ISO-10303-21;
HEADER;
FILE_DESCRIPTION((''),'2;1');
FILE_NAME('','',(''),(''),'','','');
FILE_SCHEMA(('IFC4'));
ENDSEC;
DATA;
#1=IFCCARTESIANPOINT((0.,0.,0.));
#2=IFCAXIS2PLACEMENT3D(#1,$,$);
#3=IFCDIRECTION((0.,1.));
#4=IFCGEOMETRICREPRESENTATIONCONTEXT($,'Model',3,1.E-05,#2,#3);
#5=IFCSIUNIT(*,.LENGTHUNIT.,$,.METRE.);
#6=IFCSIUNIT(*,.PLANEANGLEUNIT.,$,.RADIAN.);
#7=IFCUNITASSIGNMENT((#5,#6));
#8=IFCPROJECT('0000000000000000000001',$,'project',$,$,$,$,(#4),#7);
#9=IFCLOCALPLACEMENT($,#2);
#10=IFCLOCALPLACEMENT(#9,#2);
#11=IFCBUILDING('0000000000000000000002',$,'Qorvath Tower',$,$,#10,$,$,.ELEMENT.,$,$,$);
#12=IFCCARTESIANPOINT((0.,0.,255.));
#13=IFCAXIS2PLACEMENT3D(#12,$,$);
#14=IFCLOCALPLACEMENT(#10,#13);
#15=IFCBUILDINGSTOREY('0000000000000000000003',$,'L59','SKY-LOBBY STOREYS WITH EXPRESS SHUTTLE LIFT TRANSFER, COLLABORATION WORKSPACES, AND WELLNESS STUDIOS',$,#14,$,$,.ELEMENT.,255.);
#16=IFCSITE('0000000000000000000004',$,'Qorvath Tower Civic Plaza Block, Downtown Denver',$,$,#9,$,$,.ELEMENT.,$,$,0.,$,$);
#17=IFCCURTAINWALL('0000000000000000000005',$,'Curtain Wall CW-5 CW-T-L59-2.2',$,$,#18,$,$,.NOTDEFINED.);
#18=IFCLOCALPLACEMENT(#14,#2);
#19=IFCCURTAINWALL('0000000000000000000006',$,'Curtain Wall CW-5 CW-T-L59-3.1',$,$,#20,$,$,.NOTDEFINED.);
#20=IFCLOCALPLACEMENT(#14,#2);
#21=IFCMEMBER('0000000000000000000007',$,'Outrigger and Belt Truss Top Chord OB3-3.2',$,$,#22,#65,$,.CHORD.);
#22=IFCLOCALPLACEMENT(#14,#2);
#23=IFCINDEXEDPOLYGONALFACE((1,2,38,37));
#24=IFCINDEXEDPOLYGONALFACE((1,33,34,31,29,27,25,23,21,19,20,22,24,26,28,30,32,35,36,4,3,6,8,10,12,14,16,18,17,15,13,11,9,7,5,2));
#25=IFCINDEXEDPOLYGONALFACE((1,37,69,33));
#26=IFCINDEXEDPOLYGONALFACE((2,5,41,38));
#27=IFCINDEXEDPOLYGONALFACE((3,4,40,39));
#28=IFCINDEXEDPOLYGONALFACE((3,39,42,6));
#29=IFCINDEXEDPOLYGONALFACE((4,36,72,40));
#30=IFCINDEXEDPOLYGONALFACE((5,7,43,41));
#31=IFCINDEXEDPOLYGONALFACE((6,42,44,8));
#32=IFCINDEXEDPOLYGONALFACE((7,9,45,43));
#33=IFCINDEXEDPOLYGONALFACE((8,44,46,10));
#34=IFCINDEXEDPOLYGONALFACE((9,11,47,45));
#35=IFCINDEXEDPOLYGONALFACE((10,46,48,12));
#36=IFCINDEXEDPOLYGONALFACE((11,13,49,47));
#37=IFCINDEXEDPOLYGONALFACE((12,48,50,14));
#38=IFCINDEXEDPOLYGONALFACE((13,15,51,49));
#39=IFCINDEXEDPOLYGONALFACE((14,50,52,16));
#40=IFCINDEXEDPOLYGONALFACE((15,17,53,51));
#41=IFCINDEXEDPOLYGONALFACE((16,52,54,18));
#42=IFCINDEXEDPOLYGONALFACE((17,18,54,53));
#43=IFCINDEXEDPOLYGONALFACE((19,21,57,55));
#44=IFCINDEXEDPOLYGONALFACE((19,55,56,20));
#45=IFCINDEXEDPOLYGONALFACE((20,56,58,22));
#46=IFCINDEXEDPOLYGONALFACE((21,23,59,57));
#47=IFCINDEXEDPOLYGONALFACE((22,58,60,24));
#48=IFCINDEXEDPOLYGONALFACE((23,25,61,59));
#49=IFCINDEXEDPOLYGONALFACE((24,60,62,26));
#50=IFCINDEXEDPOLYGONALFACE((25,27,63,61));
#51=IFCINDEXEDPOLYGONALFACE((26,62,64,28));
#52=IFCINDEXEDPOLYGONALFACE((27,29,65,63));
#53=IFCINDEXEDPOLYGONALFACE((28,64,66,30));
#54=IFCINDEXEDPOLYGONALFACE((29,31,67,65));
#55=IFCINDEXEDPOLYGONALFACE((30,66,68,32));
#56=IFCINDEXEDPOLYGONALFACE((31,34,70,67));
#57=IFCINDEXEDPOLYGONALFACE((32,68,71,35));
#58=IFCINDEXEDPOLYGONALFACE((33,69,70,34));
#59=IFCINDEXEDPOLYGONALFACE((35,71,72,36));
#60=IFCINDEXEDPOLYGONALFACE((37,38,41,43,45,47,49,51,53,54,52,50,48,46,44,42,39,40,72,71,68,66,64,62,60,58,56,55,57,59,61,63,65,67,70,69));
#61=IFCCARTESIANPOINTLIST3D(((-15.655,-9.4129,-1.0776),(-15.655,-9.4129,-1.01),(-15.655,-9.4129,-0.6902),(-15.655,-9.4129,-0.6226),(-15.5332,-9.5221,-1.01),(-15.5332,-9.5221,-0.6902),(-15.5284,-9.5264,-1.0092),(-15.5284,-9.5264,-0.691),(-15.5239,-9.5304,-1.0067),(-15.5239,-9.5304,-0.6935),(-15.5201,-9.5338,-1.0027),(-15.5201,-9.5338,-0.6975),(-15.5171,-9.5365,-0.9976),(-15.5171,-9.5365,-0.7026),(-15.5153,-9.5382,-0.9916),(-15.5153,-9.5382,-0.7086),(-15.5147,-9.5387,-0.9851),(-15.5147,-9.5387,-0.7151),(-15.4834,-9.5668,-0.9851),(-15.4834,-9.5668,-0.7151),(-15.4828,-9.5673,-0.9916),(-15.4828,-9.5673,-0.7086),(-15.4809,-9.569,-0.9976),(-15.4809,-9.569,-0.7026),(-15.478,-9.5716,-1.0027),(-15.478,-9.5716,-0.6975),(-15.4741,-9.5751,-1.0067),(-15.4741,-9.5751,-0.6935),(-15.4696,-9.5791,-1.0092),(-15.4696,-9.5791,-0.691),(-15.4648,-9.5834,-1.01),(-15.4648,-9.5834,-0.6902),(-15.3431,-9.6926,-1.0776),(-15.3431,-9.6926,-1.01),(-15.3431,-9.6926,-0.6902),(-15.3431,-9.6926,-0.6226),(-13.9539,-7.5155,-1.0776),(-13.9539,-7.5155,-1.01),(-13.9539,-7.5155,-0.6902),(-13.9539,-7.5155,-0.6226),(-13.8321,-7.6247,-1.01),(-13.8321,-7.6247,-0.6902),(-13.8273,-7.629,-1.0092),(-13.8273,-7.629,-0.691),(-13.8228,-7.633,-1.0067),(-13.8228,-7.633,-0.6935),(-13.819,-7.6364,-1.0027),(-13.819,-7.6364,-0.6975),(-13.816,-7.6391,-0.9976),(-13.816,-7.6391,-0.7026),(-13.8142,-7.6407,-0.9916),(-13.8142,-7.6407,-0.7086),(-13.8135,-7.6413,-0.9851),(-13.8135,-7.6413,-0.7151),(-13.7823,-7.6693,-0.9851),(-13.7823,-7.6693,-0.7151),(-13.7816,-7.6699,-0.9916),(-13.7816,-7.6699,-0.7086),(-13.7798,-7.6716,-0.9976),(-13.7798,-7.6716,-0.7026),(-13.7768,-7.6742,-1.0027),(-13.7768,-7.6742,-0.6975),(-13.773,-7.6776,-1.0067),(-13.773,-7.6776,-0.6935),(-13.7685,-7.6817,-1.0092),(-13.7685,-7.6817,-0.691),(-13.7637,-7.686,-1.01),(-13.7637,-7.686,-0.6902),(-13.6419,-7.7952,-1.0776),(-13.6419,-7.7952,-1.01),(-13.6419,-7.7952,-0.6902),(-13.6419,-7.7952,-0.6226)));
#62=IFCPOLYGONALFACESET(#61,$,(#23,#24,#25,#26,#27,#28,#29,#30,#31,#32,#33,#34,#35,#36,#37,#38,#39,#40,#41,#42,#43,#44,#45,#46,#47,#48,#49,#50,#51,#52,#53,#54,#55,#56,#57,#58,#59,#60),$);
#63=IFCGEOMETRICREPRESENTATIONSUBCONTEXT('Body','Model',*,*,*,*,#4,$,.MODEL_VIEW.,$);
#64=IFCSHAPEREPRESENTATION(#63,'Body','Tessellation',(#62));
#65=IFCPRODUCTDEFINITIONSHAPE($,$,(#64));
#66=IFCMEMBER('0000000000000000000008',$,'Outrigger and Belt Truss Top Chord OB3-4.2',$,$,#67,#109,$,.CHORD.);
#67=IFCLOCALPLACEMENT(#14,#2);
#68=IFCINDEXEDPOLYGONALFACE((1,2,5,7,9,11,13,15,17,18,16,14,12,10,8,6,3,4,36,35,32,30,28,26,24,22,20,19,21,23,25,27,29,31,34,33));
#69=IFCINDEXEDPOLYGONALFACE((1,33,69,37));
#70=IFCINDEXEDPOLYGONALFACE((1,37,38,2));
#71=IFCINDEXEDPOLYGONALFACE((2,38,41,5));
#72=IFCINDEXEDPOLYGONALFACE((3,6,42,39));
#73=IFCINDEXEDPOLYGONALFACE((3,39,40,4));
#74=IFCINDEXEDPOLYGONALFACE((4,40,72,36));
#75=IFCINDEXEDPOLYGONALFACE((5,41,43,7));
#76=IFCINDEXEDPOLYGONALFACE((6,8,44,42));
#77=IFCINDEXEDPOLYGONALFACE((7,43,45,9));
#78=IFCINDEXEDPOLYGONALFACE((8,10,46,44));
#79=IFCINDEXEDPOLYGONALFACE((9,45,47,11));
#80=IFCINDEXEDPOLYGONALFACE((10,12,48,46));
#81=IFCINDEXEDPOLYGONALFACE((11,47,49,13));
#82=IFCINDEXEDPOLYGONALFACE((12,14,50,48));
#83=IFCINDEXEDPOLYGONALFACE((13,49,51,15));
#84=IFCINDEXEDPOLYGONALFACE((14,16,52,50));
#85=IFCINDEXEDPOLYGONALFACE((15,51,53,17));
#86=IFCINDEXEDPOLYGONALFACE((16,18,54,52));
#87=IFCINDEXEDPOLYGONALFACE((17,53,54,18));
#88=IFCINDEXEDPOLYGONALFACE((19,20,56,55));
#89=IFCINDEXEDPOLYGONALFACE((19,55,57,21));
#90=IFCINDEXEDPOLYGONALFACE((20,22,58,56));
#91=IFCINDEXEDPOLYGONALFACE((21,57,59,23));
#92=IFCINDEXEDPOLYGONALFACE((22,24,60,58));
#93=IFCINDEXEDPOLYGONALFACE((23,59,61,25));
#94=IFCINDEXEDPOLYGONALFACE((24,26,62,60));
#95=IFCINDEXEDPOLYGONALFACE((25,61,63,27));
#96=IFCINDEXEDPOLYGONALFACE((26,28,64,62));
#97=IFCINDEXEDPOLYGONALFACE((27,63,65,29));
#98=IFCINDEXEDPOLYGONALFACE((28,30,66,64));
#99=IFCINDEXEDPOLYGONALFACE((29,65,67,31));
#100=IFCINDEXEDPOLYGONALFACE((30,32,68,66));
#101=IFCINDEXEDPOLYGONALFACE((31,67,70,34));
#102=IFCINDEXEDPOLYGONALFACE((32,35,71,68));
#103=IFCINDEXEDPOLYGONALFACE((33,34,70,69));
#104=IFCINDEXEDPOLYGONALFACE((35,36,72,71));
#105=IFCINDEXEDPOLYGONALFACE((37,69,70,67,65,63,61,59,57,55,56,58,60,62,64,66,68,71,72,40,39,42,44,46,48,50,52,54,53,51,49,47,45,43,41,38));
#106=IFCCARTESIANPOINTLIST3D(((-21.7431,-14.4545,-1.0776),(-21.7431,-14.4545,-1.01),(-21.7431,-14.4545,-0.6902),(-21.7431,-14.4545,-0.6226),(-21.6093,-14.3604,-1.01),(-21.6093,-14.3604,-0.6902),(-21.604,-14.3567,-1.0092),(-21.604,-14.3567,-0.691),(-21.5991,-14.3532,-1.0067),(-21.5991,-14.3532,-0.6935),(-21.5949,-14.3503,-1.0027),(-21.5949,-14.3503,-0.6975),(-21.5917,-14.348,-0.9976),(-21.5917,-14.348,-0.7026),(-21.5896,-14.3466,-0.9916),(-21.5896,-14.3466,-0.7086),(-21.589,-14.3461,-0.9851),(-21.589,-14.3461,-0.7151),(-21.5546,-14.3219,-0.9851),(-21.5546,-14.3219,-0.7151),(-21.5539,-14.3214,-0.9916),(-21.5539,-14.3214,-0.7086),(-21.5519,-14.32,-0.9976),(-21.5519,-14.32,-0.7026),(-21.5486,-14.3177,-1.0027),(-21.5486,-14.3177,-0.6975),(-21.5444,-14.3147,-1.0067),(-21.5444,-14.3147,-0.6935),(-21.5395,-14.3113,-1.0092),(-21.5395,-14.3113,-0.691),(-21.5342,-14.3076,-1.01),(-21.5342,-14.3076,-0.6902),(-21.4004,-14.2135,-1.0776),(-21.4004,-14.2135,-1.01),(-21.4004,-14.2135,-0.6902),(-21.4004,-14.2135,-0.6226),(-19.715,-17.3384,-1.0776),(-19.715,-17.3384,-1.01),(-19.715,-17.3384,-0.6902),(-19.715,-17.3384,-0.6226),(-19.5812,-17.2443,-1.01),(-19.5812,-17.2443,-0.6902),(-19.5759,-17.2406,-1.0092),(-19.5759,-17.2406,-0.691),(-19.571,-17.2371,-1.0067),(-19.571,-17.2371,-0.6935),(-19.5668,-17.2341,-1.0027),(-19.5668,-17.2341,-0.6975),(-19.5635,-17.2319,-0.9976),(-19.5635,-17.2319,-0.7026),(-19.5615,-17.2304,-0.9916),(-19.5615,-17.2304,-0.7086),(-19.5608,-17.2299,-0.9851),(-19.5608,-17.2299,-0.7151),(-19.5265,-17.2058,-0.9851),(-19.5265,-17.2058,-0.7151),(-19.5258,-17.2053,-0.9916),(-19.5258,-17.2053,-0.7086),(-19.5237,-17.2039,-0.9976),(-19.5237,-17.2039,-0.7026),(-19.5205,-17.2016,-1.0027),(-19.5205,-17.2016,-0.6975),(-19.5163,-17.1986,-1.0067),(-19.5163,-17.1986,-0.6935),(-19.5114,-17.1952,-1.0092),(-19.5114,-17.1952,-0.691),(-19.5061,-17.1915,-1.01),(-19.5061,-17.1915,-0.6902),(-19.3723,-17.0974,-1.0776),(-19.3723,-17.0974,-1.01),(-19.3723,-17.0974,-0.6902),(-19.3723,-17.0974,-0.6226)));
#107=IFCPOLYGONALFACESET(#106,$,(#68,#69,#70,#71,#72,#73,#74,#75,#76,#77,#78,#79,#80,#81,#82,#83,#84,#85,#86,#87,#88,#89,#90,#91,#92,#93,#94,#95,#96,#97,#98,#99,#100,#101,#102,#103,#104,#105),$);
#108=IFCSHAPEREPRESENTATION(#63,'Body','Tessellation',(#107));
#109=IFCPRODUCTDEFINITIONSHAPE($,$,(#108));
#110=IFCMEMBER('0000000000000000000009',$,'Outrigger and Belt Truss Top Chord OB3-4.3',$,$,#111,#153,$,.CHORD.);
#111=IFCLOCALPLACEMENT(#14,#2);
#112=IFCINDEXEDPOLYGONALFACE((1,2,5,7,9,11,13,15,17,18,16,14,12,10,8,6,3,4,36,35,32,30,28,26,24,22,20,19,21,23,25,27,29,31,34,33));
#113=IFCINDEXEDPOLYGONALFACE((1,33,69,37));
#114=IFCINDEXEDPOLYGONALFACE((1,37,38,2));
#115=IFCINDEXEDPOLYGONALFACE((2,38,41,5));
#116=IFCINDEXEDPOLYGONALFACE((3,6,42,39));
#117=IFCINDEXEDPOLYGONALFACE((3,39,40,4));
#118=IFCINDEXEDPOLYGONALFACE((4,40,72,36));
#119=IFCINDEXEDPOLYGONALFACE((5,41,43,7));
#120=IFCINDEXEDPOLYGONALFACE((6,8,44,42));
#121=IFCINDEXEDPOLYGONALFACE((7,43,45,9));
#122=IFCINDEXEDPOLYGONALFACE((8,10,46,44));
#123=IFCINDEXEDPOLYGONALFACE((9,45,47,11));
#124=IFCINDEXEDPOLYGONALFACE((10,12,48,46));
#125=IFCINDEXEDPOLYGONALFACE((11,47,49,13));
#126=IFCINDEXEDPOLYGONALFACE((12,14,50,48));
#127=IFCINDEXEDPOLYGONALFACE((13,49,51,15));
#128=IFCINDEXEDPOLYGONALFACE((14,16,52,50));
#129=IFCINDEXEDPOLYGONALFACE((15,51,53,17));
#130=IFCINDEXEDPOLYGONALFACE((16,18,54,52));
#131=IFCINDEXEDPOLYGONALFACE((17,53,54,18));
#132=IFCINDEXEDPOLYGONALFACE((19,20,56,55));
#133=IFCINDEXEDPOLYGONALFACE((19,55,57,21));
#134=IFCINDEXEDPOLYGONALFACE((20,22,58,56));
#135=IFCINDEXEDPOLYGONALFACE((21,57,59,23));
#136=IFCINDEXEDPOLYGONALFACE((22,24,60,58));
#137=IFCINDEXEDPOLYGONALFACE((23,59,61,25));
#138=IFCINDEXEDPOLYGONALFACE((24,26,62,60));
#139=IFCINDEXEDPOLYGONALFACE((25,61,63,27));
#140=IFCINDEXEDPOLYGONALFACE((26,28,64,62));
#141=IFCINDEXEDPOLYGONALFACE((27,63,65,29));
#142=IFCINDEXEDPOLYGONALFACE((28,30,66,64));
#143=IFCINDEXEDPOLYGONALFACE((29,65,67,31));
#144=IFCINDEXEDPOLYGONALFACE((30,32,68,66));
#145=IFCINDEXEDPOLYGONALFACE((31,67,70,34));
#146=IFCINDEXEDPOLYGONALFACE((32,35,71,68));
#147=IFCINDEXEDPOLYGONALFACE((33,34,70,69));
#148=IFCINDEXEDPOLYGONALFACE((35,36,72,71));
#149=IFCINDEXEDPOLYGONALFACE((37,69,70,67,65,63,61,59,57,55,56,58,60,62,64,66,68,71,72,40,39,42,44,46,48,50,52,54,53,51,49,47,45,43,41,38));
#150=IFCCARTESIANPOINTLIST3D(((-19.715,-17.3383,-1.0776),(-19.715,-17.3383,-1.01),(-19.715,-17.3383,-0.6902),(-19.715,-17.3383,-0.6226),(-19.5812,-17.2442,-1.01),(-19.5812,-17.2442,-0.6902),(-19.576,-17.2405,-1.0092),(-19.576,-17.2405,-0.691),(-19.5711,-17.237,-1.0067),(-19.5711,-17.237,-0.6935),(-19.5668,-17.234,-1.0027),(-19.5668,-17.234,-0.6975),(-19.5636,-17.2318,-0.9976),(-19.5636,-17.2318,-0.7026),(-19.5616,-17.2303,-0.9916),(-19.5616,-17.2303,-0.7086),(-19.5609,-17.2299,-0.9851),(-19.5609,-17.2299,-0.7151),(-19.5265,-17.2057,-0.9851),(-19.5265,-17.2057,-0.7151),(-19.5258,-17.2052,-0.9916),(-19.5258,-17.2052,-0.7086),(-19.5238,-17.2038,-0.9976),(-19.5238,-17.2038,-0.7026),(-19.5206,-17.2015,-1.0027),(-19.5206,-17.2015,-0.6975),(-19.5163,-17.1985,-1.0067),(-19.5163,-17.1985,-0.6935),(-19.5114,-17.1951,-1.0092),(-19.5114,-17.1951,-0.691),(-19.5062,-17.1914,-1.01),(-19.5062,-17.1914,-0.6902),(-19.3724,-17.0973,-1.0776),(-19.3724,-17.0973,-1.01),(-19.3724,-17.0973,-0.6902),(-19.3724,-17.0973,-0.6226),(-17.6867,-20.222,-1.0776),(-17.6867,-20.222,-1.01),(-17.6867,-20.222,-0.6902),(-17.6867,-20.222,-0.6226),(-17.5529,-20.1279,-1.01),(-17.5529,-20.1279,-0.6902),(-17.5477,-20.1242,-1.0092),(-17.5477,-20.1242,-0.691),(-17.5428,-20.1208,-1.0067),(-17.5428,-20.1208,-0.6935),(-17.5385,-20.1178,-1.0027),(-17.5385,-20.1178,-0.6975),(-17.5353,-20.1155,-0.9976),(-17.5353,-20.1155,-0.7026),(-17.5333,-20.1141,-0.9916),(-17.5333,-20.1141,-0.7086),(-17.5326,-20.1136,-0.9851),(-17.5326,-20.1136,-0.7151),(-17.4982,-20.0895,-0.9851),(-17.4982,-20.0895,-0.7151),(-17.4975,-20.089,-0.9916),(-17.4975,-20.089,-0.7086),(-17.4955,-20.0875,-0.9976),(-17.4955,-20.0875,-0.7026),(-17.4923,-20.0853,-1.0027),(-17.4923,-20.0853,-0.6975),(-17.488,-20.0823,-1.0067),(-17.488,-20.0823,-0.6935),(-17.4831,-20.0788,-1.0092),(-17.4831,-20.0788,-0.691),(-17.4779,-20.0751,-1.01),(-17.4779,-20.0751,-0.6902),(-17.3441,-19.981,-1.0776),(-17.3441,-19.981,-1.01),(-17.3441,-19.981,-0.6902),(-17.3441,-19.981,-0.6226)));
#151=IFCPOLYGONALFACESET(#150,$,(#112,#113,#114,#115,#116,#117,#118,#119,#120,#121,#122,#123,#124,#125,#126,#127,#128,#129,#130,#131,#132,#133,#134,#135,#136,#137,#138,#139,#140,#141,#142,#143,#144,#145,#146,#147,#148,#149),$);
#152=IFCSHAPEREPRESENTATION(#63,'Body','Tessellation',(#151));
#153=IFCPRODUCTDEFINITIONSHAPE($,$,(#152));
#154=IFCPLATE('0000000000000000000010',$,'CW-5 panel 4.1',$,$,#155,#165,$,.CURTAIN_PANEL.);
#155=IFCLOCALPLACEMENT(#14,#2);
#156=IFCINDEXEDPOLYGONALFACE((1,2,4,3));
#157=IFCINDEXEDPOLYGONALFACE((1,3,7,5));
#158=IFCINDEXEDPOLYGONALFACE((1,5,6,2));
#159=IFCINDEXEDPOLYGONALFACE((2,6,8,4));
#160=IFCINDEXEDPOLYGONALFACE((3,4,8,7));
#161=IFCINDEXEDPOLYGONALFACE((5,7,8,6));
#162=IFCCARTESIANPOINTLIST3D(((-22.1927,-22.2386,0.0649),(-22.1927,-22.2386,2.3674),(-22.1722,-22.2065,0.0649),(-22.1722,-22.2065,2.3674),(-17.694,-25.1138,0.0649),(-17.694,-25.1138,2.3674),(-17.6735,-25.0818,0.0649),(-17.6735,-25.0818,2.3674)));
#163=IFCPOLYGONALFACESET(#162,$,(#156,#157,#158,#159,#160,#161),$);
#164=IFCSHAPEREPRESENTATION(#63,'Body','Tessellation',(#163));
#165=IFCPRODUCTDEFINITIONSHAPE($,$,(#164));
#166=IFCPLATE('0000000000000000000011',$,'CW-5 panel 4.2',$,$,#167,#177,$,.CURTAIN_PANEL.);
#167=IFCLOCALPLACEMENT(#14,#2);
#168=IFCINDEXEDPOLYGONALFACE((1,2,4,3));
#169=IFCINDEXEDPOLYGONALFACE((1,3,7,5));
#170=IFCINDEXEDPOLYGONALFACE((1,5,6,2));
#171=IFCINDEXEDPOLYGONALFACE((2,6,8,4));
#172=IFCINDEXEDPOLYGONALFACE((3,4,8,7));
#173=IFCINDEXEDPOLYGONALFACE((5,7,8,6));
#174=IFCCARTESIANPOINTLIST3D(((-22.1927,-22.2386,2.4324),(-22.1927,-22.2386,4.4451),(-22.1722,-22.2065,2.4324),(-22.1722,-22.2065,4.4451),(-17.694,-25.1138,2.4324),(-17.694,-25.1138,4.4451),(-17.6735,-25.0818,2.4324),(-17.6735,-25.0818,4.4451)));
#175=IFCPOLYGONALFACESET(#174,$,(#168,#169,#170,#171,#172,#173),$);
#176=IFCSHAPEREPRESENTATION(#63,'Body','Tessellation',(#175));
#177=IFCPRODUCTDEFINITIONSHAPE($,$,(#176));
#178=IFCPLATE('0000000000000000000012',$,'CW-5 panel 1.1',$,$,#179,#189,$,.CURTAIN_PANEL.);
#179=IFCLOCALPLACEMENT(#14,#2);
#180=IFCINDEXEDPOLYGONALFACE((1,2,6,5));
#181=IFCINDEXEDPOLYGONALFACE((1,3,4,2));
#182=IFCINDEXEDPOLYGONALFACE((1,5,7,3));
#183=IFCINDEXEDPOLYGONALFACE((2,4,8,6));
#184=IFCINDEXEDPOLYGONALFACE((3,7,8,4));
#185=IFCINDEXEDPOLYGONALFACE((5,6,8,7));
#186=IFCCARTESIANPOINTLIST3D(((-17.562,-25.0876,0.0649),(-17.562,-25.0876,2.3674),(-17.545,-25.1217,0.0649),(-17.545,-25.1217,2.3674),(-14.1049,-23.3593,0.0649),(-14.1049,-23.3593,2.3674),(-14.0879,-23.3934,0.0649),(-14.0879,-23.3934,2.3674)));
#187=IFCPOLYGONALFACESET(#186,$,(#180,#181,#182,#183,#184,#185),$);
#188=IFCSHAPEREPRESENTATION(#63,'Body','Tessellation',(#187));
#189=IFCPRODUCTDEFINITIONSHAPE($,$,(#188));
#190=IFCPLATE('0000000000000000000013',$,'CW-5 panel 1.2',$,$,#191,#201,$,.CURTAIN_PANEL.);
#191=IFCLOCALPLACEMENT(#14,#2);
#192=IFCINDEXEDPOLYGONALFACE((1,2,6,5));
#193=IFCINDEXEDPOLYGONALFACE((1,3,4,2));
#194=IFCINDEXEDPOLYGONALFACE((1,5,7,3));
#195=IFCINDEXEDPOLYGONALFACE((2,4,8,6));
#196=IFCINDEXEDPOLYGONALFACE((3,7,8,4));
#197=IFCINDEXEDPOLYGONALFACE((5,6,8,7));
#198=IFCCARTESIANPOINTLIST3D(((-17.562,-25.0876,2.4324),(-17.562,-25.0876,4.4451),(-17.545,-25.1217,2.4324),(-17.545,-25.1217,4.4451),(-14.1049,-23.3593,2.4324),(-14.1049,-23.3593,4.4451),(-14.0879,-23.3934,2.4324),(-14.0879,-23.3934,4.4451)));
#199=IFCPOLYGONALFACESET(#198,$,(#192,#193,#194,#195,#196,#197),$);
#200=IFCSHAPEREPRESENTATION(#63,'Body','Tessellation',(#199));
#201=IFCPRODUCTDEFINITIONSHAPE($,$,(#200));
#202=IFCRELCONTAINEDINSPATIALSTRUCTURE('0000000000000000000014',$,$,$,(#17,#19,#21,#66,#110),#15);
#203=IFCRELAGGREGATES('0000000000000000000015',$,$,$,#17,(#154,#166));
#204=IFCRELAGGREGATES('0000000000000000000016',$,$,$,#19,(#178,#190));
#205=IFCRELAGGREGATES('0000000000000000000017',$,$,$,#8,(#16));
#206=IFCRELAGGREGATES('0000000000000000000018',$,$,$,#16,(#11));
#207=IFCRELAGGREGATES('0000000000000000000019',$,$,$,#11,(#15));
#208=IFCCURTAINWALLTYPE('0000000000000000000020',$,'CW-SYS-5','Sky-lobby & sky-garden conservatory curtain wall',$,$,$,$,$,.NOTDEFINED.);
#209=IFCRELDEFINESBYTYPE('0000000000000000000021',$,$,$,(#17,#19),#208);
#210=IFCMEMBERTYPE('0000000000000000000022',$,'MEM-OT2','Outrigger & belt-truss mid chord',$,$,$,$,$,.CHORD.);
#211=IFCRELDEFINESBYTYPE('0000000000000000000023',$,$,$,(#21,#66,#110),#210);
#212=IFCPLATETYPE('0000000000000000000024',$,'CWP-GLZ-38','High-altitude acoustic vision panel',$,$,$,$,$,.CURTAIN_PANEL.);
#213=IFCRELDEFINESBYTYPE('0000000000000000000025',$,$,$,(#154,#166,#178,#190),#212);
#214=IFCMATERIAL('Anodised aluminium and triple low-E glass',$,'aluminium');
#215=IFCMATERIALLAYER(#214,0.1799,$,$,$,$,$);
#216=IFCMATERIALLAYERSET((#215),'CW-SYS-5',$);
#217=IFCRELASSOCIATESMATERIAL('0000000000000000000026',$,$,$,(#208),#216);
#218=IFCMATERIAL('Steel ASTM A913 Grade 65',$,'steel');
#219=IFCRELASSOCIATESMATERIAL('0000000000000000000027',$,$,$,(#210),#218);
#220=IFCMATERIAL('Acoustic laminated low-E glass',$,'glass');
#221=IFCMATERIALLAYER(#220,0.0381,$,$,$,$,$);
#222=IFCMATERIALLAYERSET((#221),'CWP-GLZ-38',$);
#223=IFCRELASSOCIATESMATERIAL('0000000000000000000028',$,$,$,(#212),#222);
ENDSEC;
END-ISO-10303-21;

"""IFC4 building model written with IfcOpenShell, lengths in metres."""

from ifc_helpers import new_model, si_unit, direction, frame, origin, origin_2d, place, context, subcontext, project, spatial, rectangle, i_section, extrude, material, layer, layer_set, material_profile, profile_set, type_object, element, aggregate, save


model = new_model("IFC4")

# Units and contexts
model_context = context("Model", 3, precision=1e-05, world=origin(), true_north=direction((0.0, 1.0)))
body_context = subcontext(model_context, "Body", "Model", "MODEL_VIEW")
ifc_project = project(units=[si_unit("LENGTHUNIT", "METRE"), si_unit("PLANEANGLEUNIT", "RADIAN")], contexts=[model_context])

# Site, building, storey
site_placement = place(None, origin())
site = spatial("IfcSite", under=ifc_project, at=site_placement, Name="Qorvath Tower Civic Plaza Block, Downtown Denver", CompositionType="ELEMENT", RefElevation=0.0)
building_placement = place(site_placement, origin())
building = spatial("IfcBuilding", under=site, at=building_placement, Name="Qorvath Tower", CompositionType="ELEMENT")
storey_placement = place(building_placement, frame((0.0, 0.0, 255.0)))
storey = spatial("IfcBuildingStorey", under=building, at=storey_placement, Name="L59", Description="SKY-LOBBY STOREYS WITH EXPRESS SHUTTLE LIFT TRANSFER, COLLABORATION WORKSPACES, AND WELLNESS STUDIOS", CompositionType="ELEMENT", Elevation=255.0)

# Curtain wall
ifc_material_1 = material(Name="Anodised aluminium and triple low-E glass", Category="aluminium")
ifc_layer_1 = layer(ifc_material_1, 0.1799)
ifc_layer_set_1 = layer_set([ifc_layer_1], Name="CW-SYS-5")
curtain_wall_type = type_object("IfcCurtainWallType", Name="CW-SYS-5", Description="Sky-lobby & sky-garden conservatory curtain wall", PredefinedType="NOTDEFINED", material=ifc_layer_set_1)
curtain_wall_1_placement = place(storey_placement, origin())
curtain_wall_1 = element("IfcCurtainWall", 1, at=curtain_wall_1_placement, inside=storey, type_object=curtain_wall_type, Name="Curtain Wall CW-5 CW-T-L59-2.2", PredefinedType="NOTDEFINED")

# Curtain wall
curtain_wall_2_placement = place(storey_placement, origin())
curtain_wall_2 = element("IfcCurtainWall", 2, at=curtain_wall_2_placement, inside=storey, type_object=curtain_wall_type, Name="Curtain Wall CW-5 CW-T-L59-3.1", PredefinedType="NOTDEFINED")

# Members
ifc_material_2 = material(Name="Steel ASTM A913 Grade 65", Category="steel")
ifc_material_profile_1 = material_profile(ifc_material_2, i_section(OverallWidth=0.4189, OverallDepth=0.4551, WebThickness=0.042, FlangeThickness=0.0676, FilletRadius=0.0249, at=origin_2d()), Name="W14x370")
ifc_profile_set_1 = profile_set([ifc_material_profile_1], Name="Steel ASTM A913 Grade 65")
member_type_1 = type_object("IfcMemberType", Name="MEM-OT2", Description="Outrigger & belt-truss mid chord", PredefinedType="CHORD", material=ifc_profile_set_1)
member_1_placement = place(storey_placement, frame((-15.499, -9.5527, -0.8501), z_axis=(0.667545, 0.744569, 0.0), x_axis=(-0.744569, 0.667545, 0.0)))
element("IfcMember", 3, at=member_1_placement, inside=storey, type_object=member_type_1, Name="Outrigger and Belt Truss Top Chord OB3-3.2", PredefinedType="CHORD", context=body_context, shape_type="SweptSolid", body=[
    extrude(i_section(OverallWidth=0.4189, OverallDepth=0.4551, WebThickness=0.042, FlangeThickness=0.0676, FilletRadius=0.0249, at=origin_2d()), origin(), (0.0, 0.0, 1.0), 2.5483),
])
for number, where, z_axis, x_axis, name in (
    (4, (-21.5718, -14.334, -0.8501), (0.575255, -0.817974, 0.0), (0.817974, 0.575255, 0.0), "Outrigger and Belt Truss Top Chord OB3-4.2"),
    (5, (-19.5437, -17.2178, -0.8501), (0.575301, -0.817942, 0.0), (0.817942, 0.575301, 0.0), "Outrigger and Belt Truss Top Chord OB3-4.3"),
):
    element("IfcMember", number, at=place(storey_placement, frame(where, z_axis=z_axis, x_axis=x_axis)), inside=storey, type_object=member_type_1, Name=name, PredefinedType="CHORD", context=body_context, shape_type="SweptSolid", body=[
        extrude(i_section(OverallWidth=0.4189, OverallDepth=0.4551, WebThickness=0.042, FlangeThickness=0.0676, FilletRadius=0.0249, at=origin_2d()), origin(), (0.0, 0.0, 1.0), 3.5256),
    ])

# Plates
ifc_material_3 = material(Name="Acoustic laminated low-E glass", Category="glass")
ifc_layer_2 = layer(ifc_material_3, 0.0381)
ifc_layer_set_2 = layer_set([ifc_layer_2], Name="CWP-GLZ-38")
plate_type = type_object("IfcPlateType", Name="CWP-GLZ-38", Description="High-altitude acoustic vision panel", PredefinedType="CURTAIN_PANEL", material=ifc_layer_set_2)
plate_1_placement = place(storey_placement, frame((-19.9331, -23.6602, 0.0649), z_axis=(0.0, 0.0, 1.0), x_axis=(0.842604, -0.538534, 0.0)))
plate_1 = element("IfcPlate", 6, at=plate_1_placement, type_object=plate_type, Name="CW-5 panel 4.1", PredefinedType="CURTAIN_PANEL", context=body_context, shape_type="SweptSolid", body=[
    extrude(rectangle(XDim=5.3391, YDim=0.0381, at=origin_2d()), origin(), (0.0, 0.0, 1.0), 2.3025),
])
plate_2_placement = place(storey_placement, frame((-19.9331, -23.6602, 2.4324), z_axis=(0.0, 0.0, 1.0), x_axis=(0.842604, -0.538534, 0.0)))
plate_2 = element("IfcPlate", 7, at=plate_2_placement, type_object=plate_type, Name="CW-5 panel 4.2", PredefinedType="CURTAIN_PANEL", context=body_context, shape_type="SweptSolid", body=[
    extrude(rectangle(XDim=5.3391, YDim=0.0381, at=origin_2d()), origin(), (0.0, 0.0, 1.0), 2.0127),
])
aggregate(curtain_wall_1, [plate_1, plate_2])
plate_3_placement = place(storey_placement, frame((-15.825, -24.2405, 0.0649), z_axis=(0.0, 0.0, 1.0), x_axis=(0.894452, 0.447164, 0.0)))
plate_3 = element("IfcPlate", 8, at=plate_3_placement, type_object=plate_type, Name="CW-5 panel 1.1", PredefinedType="CURTAIN_PANEL", context=body_context, shape_type="SweptSolid", body=[
    extrude(rectangle(XDim=3.865, YDim=0.0381, at=origin_2d()), origin(), (0.0, 0.0, 1.0), 2.3025),
])
plate_4_placement = place(storey_placement, frame((-15.825, -24.2405, 2.4324), z_axis=(0.0, 0.0, 1.0), x_axis=(0.894452, 0.447164, 0.0)))
plate_4 = element("IfcPlate", 9, at=plate_4_placement, type_object=plate_type, Name="CW-5 panel 1.2", PredefinedType="CURTAIN_PANEL", context=body_context, shape_type="SweptSolid", body=[
    extrude(rectangle(XDim=3.865, YDim=0.0381, at=origin_2d()), origin(), (0.0, 0.0, 1.0), 2.0127),
])
aggregate(curtain_wall_2, [plate_3, plate_4])

save(model, "model.ifc")
